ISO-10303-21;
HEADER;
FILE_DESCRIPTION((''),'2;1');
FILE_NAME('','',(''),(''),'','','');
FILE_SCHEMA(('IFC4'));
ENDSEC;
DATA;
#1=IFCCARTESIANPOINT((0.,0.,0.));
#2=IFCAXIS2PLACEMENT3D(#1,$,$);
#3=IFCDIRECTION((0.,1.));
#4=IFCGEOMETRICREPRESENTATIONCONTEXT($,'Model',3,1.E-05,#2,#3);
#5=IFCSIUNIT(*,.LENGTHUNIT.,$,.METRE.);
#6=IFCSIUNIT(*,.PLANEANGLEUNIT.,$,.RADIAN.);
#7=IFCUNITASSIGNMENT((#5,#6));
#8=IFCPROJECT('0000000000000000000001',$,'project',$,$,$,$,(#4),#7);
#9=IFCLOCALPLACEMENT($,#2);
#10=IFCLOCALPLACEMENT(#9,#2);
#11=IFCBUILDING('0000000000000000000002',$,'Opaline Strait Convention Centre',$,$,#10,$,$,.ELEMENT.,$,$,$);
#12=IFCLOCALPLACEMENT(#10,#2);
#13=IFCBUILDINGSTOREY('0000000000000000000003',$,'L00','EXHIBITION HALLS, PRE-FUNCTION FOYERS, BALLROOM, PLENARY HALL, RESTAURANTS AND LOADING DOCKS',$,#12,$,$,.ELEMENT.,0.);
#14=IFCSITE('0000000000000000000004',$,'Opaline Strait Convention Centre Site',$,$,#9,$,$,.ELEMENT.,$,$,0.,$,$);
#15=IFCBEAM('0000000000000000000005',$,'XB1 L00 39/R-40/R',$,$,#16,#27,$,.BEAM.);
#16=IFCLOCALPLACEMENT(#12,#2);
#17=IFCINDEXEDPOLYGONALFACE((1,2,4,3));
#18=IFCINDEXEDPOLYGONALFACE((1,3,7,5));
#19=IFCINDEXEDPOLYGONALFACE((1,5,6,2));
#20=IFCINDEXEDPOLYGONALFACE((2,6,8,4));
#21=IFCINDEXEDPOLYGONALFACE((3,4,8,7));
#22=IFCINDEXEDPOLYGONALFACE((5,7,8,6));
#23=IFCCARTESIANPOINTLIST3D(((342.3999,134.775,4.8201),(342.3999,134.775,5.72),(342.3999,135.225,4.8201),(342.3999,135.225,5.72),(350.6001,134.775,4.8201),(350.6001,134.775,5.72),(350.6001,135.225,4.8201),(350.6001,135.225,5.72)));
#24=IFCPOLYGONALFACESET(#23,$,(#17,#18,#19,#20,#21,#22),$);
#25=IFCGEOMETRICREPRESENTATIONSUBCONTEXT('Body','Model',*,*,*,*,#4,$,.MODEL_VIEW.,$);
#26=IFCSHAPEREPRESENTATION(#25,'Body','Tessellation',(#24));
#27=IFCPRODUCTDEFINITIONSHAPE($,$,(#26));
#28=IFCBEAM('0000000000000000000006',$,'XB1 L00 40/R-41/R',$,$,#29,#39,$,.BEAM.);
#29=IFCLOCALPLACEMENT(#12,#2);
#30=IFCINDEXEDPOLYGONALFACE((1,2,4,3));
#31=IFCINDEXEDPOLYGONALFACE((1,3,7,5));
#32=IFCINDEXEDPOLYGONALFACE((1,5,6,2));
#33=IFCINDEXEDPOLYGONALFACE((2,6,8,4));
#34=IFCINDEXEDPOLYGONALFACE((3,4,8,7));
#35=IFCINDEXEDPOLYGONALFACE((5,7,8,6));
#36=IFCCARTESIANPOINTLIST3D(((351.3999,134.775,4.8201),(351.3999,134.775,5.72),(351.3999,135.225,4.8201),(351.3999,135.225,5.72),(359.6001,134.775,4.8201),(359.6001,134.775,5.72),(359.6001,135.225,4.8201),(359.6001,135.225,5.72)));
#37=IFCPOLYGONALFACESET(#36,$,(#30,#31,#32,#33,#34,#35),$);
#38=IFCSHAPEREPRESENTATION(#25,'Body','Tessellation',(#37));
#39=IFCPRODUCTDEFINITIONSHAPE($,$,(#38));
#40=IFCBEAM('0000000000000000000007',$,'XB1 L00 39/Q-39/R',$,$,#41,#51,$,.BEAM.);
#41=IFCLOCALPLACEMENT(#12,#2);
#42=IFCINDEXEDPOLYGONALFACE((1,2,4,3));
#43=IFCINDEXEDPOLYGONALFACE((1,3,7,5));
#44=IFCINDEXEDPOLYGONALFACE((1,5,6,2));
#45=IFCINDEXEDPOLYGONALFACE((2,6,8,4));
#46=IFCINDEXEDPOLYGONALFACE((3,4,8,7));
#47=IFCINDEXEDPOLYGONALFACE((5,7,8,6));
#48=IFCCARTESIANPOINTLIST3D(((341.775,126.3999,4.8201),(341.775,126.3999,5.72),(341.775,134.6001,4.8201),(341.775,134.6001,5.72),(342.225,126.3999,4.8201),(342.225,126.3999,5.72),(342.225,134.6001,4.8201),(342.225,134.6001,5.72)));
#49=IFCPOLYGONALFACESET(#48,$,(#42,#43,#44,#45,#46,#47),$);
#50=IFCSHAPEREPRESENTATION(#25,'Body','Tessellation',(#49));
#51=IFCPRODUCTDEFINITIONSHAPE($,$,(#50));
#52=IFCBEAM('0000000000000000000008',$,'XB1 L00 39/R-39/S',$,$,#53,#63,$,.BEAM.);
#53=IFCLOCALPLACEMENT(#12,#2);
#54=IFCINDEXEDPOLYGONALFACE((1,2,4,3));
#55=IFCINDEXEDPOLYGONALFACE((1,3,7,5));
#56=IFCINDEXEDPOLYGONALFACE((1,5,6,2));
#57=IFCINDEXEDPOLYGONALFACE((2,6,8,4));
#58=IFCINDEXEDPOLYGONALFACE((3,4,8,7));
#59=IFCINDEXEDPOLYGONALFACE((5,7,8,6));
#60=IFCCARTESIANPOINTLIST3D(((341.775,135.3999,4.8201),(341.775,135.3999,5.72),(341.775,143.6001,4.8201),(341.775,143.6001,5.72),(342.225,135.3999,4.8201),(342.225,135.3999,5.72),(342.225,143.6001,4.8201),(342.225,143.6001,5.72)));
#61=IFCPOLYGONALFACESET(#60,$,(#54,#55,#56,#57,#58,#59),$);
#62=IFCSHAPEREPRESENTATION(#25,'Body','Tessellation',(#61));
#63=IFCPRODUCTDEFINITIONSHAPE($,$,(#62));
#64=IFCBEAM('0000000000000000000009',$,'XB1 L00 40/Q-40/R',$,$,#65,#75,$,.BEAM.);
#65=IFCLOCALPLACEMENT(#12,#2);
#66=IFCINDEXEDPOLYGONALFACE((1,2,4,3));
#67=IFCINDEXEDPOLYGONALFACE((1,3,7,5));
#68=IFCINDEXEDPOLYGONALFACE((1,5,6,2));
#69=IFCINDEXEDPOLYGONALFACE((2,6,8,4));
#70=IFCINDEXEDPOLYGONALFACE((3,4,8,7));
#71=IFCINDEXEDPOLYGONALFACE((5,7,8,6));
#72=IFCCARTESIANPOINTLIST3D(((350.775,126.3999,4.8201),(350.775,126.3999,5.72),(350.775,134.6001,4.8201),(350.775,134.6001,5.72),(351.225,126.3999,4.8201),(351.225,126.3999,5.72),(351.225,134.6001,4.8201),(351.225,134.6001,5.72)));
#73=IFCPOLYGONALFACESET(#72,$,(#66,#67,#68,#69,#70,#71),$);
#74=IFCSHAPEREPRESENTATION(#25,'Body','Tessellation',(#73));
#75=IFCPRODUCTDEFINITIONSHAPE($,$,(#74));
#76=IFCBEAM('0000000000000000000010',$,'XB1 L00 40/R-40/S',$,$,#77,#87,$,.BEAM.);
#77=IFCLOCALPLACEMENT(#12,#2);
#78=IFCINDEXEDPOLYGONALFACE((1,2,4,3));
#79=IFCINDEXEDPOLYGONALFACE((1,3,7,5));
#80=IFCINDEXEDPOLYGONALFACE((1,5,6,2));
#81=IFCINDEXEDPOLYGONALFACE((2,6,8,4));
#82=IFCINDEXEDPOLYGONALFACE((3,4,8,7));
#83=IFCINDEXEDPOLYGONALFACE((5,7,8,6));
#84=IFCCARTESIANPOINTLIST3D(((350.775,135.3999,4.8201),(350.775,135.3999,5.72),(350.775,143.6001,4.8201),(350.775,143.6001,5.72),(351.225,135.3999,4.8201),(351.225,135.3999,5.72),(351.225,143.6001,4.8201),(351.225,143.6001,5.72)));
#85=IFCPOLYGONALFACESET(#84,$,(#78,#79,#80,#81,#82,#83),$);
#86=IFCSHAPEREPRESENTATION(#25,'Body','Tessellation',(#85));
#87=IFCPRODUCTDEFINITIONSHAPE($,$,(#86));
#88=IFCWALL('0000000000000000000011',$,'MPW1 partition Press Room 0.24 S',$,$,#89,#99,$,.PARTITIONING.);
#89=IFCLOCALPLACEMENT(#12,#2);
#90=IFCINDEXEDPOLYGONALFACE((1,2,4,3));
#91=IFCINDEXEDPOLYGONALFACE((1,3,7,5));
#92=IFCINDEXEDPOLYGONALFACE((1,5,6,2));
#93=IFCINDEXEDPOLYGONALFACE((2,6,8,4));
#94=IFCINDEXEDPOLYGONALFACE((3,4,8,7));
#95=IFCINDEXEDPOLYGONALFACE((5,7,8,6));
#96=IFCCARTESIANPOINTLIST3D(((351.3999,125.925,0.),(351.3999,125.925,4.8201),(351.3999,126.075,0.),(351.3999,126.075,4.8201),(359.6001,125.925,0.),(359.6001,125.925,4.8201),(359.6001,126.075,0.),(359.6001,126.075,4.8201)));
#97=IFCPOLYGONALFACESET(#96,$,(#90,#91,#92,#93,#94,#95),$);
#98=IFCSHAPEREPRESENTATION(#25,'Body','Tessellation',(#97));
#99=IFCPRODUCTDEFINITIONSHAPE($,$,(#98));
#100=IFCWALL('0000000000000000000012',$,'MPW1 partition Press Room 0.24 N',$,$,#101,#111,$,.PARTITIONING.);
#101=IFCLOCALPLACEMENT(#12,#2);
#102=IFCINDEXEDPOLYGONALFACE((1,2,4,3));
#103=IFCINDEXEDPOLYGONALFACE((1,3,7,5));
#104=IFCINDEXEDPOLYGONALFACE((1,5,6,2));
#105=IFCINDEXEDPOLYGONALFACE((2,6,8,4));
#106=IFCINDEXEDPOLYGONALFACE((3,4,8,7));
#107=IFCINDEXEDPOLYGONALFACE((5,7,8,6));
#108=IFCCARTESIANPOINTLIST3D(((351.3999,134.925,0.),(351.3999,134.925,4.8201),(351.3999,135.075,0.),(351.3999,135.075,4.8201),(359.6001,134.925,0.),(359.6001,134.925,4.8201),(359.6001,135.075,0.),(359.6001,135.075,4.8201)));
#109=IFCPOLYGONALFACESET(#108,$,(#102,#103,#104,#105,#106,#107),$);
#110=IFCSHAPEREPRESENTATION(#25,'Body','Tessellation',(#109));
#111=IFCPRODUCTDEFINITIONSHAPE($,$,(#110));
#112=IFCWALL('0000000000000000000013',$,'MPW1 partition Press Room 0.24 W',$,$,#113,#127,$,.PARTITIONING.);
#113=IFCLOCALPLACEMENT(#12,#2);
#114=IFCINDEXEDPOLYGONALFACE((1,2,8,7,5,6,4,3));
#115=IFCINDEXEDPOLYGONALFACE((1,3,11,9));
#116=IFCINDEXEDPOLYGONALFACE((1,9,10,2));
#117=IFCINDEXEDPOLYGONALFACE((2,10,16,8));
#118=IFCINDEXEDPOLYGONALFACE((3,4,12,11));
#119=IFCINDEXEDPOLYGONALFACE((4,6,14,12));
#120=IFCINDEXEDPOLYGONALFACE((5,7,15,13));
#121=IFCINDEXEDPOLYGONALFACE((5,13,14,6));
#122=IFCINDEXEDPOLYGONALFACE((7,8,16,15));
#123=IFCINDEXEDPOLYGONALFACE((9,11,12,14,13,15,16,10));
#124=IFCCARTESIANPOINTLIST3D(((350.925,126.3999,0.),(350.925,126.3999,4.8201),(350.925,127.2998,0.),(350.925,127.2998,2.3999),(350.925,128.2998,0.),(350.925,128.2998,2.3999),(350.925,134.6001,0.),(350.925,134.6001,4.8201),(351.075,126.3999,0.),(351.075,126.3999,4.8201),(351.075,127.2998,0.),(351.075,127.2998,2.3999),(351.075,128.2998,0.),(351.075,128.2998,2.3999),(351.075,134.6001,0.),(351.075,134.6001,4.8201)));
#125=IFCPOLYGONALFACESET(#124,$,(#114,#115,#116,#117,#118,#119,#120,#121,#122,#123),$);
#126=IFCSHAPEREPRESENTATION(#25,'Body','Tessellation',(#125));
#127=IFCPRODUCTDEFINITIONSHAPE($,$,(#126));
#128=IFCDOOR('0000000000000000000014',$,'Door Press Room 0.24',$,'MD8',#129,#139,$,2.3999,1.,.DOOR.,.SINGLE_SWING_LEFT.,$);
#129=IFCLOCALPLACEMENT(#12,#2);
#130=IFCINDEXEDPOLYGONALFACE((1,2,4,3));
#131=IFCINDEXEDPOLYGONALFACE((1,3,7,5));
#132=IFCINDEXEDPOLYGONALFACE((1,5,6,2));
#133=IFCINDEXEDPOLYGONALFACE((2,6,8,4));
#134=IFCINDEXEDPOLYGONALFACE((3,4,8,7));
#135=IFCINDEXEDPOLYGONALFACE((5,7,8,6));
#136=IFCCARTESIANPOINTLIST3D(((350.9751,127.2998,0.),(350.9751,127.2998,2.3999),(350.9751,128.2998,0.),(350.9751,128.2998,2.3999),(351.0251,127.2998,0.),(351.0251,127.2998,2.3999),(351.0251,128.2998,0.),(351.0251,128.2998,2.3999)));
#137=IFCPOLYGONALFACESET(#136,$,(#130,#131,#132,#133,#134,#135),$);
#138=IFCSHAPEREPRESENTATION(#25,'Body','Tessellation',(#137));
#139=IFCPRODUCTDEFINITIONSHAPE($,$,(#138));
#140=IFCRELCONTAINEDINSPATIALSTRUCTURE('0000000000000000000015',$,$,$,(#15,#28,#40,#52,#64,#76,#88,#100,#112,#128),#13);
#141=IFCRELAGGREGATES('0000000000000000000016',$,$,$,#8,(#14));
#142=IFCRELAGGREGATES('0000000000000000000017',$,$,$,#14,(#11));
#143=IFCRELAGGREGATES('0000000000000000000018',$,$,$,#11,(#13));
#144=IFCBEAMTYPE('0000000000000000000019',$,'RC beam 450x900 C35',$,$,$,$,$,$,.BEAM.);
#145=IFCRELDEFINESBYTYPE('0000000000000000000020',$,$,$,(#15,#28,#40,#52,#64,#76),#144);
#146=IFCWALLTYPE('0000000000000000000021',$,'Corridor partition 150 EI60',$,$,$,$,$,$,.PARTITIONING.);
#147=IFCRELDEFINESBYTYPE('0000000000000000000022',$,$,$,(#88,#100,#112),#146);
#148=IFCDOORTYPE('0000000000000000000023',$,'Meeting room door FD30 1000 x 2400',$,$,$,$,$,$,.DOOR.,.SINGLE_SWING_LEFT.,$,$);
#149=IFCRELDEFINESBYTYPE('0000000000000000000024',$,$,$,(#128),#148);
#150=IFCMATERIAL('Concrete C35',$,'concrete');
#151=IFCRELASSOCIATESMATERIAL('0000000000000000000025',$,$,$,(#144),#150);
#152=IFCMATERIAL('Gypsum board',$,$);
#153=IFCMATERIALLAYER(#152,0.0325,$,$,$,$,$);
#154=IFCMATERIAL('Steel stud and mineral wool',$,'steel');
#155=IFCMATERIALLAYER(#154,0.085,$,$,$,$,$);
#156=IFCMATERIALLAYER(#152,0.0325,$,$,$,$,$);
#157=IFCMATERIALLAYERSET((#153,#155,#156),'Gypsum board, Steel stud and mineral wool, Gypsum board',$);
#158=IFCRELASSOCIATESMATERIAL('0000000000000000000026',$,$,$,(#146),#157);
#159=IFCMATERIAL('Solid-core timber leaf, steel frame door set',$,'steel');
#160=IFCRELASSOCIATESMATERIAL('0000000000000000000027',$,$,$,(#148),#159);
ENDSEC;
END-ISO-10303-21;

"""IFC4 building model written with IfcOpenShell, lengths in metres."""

from ifc_helpers import new_model, si_unit, direction, frame, frame_2d, origin, origin_2d, place, context, subcontext, project, spatial, rectangle, extrude, material, layer, layer_set, material_profile, profile_set, type_object, element, fill, save


model = new_model("IFC4")

# Units and contexts
model_context = context("Model", 3, precision=1e-05, world=origin(), true_north=direction((0.0, 1.0)))
body_context = subcontext(model_context, "Body", "Model", "MODEL_VIEW")
ifc_project = project(units=[si_unit("LENGTHUNIT", "METRE"), si_unit("PLANEANGLEUNIT", "RADIAN")], contexts=[model_context])

# Site, building, storey
site_placement = place(None, origin())
site = spatial("IfcSite", under=ifc_project, at=site_placement, Name="Opaline Strait Convention Centre Site", CompositionType="ELEMENT", RefElevation=0.0)
building_placement = place(site_placement, origin())
building = spatial("IfcBuilding", under=site, at=building_placement, Name="Opaline Strait Convention Centre", CompositionType="ELEMENT")
storey_placement = place(building_placement, origin())
storey = spatial("IfcBuildingStorey", under=building, at=storey_placement, Name="L00", Description="EXHIBITION HALLS, PRE-FUNCTION FOYERS, BALLROOM, PLENARY HALL, RESTAURANTS AND LOADING DOCKS", CompositionType="ELEMENT", Elevation=0.0)

# Shared definitions
ifc_material_1 = material(Name="Concrete C35", Category="concrete")

# Beams
ifc_material_profile_1 = material_profile(ifc_material_1, rectangle(XDim=0.45, YDim=0.8999, at=origin_2d()), Name="RC 450x900")
ifc_profile_set_1 = profile_set([ifc_material_profile_1], Name="Concrete C35")
beam_type = type_object("IfcBeamType", Name="RC beam 450x900 C35", PredefinedType="BEAM", material=ifc_profile_set_1)
for number, where, z_axis, x_axis, name in (
    (1, (342.3999, 135.0, 5.27), (1.0, 0.0, 0.0), (0.0, 1.0, 0.0), "XB1 L00 39/R-40/R"),
    (2, (351.3999, 135.0, 5.27), (1.0, 0.0, 0.0), (0.0, 1.0, 0.0), "XB1 L00 40/R-41/R"),
    (3, (342.0, 126.3999, 5.27), (0.0, 1.0, 0.0), (-1.0, 0.0, 0.0), "XB1 L00 39/Q-39/R"),
    (4, (342.0, 135.3999, 5.27), (0.0, 1.0, 0.0), (-1.0, 0.0, 0.0), "XB1 L00 39/R-39/S"),
    (5, (351.0, 126.3999, 5.27), (0.0, 1.0, 0.0), (-1.0, 0.0, 0.0), "XB1 L00 40/Q-40/R"),
    (6, (351.0, 135.3999, 5.27), (0.0, 1.0, 0.0), (-1.0, 0.0, 0.0), "XB1 L00 40/R-40/S"),
):
    element("IfcBeam", number, at=place(storey_placement, frame(where, z_axis=z_axis, x_axis=x_axis)), inside=storey, type_object=beam_type, Name=name, PredefinedType="BEAM", context=body_context, shape_type="SweptSolid", body=[
        extrude(rectangle(XDim=0.45, YDim=0.8999, at=origin_2d()), origin(), (0.0, 0.0, 1.0), 8.2002),
    ])

# Walls
ifc_material_2 = material(Name="Gypsum board")
ifc_layer_1 = layer(ifc_material_2, 0.0325)
ifc_material_3 = material(Name="Steel stud and mineral wool", Category="steel")
ifc_layer_2 = layer(ifc_material_3, 0.085)
ifc_layer_3 = layer(ifc_material_2, 0.0325)
ifc_layer_set = layer_set([ifc_layer_1, ifc_layer_2, ifc_layer_3], Name="Gypsum board, Steel stud and mineral wool, Gypsum board")
wall_type = type_object("IfcWallType", Name="Corridor partition 150 EI60", PredefinedType="PARTITIONING", material=ifc_layer_set)
for number, where, z_axis, x_axis, name in (
    (7, (351.3999, 126.0, 0.0), (0.0, 0.0, 1.0), (1.0, 0.0, 0.0), "MPW1 partition Press Room 0.24 S"),
    (8, (351.3999, 135.0, 0.0), (0.0, 0.0, 1.0), (1.0, 0.0, 0.0), "MPW1 partition Press Room 0.24 N"),
):
    element("IfcWall", number, at=place(storey_placement, frame(where, z_axis=z_axis, x_axis=x_axis)), inside=storey, type_object=wall_type, Name=name, PredefinedType="PARTITIONING", context=body_context, shape_type="SweptSolid", body=[
        extrude(rectangle(XDim=8.2002, YDim=0.1499, at=frame_2d((4.1001, 0.0))), origin(), (0.0, 0.0, 1.0), 4.8201),
    ])

# Wall, opening, door
wall_placement = place(storey_placement, frame((351.0, 126.3999, 0.0), z_axis=(0.0, 0.0, 1.0), x_axis=(0.0, 1.0, 0.0)))
wall = element("IfcWall", 9, at=wall_placement, inside=storey, type_object=wall_type, Name="MPW1 partition Press Room 0.24 W", PredefinedType="PARTITIONING", context=body_context, shape_type="SweptSolid", body=[
    extrude(rectangle(XDim=8.2002, YDim=0.1499, at=frame_2d((4.1001, 0.0))), origin(), (0.0, 0.0, 1.0), 4.8201),
])
opening_placement = place(wall_placement, frame((0.8999, 0.0, 0.0)))
opening = element("IfcOpeningElement", 10, at=opening_placement, cuts=wall, PredefinedType="OPENING", context=body_context, shape_type="SweptSolid", body=[
    extrude(rectangle(XDim=1.0, YDim=2.3999, at=frame_2d((0.5, 1.2))), frame((0.0, 0.085, 0.0), z_axis=(0.0, -1.0, 0.0), x_axis=(1.0, 0.0, 0.0)), (0.0, 0.0, 1.0), 0.1699),
])
ifc_material_4 = material(Name="Solid-core timber leaf, steel frame door set", Category="steel")
door_type = type_object("IfcDoorType", Name="Meeting room door FD30 1000 x 2400", OperationType="SINGLE_SWING_LEFT", PredefinedType="DOOR", material=ifc_material_4)
door_placement = place(opening_placement, origin())
door = element("IfcDoor", 11, at=door_placement, inside=storey, type_object=door_type, Name="Door Press Room 0.24", ObjectType="MD8", OperationType="SINGLE_SWING_LEFT", OverallHeight=2.3999, OverallWidth=1.0, PredefinedType="DOOR", context=body_context, shape_type="SweptSolid", body=[
    extrude(rectangle(XDim=1.0, YDim=2.3999, at=frame_2d((0.5, 1.2))), frame((0.0, 0.0249, 0.0), z_axis=(0.0, -1.0, 0.0), x_axis=(1.0, 0.0, 0.0)), (0.0, 0.0, 1.0), 0.05),
])
fill(opening, door)

save(model, "model.ifc")
